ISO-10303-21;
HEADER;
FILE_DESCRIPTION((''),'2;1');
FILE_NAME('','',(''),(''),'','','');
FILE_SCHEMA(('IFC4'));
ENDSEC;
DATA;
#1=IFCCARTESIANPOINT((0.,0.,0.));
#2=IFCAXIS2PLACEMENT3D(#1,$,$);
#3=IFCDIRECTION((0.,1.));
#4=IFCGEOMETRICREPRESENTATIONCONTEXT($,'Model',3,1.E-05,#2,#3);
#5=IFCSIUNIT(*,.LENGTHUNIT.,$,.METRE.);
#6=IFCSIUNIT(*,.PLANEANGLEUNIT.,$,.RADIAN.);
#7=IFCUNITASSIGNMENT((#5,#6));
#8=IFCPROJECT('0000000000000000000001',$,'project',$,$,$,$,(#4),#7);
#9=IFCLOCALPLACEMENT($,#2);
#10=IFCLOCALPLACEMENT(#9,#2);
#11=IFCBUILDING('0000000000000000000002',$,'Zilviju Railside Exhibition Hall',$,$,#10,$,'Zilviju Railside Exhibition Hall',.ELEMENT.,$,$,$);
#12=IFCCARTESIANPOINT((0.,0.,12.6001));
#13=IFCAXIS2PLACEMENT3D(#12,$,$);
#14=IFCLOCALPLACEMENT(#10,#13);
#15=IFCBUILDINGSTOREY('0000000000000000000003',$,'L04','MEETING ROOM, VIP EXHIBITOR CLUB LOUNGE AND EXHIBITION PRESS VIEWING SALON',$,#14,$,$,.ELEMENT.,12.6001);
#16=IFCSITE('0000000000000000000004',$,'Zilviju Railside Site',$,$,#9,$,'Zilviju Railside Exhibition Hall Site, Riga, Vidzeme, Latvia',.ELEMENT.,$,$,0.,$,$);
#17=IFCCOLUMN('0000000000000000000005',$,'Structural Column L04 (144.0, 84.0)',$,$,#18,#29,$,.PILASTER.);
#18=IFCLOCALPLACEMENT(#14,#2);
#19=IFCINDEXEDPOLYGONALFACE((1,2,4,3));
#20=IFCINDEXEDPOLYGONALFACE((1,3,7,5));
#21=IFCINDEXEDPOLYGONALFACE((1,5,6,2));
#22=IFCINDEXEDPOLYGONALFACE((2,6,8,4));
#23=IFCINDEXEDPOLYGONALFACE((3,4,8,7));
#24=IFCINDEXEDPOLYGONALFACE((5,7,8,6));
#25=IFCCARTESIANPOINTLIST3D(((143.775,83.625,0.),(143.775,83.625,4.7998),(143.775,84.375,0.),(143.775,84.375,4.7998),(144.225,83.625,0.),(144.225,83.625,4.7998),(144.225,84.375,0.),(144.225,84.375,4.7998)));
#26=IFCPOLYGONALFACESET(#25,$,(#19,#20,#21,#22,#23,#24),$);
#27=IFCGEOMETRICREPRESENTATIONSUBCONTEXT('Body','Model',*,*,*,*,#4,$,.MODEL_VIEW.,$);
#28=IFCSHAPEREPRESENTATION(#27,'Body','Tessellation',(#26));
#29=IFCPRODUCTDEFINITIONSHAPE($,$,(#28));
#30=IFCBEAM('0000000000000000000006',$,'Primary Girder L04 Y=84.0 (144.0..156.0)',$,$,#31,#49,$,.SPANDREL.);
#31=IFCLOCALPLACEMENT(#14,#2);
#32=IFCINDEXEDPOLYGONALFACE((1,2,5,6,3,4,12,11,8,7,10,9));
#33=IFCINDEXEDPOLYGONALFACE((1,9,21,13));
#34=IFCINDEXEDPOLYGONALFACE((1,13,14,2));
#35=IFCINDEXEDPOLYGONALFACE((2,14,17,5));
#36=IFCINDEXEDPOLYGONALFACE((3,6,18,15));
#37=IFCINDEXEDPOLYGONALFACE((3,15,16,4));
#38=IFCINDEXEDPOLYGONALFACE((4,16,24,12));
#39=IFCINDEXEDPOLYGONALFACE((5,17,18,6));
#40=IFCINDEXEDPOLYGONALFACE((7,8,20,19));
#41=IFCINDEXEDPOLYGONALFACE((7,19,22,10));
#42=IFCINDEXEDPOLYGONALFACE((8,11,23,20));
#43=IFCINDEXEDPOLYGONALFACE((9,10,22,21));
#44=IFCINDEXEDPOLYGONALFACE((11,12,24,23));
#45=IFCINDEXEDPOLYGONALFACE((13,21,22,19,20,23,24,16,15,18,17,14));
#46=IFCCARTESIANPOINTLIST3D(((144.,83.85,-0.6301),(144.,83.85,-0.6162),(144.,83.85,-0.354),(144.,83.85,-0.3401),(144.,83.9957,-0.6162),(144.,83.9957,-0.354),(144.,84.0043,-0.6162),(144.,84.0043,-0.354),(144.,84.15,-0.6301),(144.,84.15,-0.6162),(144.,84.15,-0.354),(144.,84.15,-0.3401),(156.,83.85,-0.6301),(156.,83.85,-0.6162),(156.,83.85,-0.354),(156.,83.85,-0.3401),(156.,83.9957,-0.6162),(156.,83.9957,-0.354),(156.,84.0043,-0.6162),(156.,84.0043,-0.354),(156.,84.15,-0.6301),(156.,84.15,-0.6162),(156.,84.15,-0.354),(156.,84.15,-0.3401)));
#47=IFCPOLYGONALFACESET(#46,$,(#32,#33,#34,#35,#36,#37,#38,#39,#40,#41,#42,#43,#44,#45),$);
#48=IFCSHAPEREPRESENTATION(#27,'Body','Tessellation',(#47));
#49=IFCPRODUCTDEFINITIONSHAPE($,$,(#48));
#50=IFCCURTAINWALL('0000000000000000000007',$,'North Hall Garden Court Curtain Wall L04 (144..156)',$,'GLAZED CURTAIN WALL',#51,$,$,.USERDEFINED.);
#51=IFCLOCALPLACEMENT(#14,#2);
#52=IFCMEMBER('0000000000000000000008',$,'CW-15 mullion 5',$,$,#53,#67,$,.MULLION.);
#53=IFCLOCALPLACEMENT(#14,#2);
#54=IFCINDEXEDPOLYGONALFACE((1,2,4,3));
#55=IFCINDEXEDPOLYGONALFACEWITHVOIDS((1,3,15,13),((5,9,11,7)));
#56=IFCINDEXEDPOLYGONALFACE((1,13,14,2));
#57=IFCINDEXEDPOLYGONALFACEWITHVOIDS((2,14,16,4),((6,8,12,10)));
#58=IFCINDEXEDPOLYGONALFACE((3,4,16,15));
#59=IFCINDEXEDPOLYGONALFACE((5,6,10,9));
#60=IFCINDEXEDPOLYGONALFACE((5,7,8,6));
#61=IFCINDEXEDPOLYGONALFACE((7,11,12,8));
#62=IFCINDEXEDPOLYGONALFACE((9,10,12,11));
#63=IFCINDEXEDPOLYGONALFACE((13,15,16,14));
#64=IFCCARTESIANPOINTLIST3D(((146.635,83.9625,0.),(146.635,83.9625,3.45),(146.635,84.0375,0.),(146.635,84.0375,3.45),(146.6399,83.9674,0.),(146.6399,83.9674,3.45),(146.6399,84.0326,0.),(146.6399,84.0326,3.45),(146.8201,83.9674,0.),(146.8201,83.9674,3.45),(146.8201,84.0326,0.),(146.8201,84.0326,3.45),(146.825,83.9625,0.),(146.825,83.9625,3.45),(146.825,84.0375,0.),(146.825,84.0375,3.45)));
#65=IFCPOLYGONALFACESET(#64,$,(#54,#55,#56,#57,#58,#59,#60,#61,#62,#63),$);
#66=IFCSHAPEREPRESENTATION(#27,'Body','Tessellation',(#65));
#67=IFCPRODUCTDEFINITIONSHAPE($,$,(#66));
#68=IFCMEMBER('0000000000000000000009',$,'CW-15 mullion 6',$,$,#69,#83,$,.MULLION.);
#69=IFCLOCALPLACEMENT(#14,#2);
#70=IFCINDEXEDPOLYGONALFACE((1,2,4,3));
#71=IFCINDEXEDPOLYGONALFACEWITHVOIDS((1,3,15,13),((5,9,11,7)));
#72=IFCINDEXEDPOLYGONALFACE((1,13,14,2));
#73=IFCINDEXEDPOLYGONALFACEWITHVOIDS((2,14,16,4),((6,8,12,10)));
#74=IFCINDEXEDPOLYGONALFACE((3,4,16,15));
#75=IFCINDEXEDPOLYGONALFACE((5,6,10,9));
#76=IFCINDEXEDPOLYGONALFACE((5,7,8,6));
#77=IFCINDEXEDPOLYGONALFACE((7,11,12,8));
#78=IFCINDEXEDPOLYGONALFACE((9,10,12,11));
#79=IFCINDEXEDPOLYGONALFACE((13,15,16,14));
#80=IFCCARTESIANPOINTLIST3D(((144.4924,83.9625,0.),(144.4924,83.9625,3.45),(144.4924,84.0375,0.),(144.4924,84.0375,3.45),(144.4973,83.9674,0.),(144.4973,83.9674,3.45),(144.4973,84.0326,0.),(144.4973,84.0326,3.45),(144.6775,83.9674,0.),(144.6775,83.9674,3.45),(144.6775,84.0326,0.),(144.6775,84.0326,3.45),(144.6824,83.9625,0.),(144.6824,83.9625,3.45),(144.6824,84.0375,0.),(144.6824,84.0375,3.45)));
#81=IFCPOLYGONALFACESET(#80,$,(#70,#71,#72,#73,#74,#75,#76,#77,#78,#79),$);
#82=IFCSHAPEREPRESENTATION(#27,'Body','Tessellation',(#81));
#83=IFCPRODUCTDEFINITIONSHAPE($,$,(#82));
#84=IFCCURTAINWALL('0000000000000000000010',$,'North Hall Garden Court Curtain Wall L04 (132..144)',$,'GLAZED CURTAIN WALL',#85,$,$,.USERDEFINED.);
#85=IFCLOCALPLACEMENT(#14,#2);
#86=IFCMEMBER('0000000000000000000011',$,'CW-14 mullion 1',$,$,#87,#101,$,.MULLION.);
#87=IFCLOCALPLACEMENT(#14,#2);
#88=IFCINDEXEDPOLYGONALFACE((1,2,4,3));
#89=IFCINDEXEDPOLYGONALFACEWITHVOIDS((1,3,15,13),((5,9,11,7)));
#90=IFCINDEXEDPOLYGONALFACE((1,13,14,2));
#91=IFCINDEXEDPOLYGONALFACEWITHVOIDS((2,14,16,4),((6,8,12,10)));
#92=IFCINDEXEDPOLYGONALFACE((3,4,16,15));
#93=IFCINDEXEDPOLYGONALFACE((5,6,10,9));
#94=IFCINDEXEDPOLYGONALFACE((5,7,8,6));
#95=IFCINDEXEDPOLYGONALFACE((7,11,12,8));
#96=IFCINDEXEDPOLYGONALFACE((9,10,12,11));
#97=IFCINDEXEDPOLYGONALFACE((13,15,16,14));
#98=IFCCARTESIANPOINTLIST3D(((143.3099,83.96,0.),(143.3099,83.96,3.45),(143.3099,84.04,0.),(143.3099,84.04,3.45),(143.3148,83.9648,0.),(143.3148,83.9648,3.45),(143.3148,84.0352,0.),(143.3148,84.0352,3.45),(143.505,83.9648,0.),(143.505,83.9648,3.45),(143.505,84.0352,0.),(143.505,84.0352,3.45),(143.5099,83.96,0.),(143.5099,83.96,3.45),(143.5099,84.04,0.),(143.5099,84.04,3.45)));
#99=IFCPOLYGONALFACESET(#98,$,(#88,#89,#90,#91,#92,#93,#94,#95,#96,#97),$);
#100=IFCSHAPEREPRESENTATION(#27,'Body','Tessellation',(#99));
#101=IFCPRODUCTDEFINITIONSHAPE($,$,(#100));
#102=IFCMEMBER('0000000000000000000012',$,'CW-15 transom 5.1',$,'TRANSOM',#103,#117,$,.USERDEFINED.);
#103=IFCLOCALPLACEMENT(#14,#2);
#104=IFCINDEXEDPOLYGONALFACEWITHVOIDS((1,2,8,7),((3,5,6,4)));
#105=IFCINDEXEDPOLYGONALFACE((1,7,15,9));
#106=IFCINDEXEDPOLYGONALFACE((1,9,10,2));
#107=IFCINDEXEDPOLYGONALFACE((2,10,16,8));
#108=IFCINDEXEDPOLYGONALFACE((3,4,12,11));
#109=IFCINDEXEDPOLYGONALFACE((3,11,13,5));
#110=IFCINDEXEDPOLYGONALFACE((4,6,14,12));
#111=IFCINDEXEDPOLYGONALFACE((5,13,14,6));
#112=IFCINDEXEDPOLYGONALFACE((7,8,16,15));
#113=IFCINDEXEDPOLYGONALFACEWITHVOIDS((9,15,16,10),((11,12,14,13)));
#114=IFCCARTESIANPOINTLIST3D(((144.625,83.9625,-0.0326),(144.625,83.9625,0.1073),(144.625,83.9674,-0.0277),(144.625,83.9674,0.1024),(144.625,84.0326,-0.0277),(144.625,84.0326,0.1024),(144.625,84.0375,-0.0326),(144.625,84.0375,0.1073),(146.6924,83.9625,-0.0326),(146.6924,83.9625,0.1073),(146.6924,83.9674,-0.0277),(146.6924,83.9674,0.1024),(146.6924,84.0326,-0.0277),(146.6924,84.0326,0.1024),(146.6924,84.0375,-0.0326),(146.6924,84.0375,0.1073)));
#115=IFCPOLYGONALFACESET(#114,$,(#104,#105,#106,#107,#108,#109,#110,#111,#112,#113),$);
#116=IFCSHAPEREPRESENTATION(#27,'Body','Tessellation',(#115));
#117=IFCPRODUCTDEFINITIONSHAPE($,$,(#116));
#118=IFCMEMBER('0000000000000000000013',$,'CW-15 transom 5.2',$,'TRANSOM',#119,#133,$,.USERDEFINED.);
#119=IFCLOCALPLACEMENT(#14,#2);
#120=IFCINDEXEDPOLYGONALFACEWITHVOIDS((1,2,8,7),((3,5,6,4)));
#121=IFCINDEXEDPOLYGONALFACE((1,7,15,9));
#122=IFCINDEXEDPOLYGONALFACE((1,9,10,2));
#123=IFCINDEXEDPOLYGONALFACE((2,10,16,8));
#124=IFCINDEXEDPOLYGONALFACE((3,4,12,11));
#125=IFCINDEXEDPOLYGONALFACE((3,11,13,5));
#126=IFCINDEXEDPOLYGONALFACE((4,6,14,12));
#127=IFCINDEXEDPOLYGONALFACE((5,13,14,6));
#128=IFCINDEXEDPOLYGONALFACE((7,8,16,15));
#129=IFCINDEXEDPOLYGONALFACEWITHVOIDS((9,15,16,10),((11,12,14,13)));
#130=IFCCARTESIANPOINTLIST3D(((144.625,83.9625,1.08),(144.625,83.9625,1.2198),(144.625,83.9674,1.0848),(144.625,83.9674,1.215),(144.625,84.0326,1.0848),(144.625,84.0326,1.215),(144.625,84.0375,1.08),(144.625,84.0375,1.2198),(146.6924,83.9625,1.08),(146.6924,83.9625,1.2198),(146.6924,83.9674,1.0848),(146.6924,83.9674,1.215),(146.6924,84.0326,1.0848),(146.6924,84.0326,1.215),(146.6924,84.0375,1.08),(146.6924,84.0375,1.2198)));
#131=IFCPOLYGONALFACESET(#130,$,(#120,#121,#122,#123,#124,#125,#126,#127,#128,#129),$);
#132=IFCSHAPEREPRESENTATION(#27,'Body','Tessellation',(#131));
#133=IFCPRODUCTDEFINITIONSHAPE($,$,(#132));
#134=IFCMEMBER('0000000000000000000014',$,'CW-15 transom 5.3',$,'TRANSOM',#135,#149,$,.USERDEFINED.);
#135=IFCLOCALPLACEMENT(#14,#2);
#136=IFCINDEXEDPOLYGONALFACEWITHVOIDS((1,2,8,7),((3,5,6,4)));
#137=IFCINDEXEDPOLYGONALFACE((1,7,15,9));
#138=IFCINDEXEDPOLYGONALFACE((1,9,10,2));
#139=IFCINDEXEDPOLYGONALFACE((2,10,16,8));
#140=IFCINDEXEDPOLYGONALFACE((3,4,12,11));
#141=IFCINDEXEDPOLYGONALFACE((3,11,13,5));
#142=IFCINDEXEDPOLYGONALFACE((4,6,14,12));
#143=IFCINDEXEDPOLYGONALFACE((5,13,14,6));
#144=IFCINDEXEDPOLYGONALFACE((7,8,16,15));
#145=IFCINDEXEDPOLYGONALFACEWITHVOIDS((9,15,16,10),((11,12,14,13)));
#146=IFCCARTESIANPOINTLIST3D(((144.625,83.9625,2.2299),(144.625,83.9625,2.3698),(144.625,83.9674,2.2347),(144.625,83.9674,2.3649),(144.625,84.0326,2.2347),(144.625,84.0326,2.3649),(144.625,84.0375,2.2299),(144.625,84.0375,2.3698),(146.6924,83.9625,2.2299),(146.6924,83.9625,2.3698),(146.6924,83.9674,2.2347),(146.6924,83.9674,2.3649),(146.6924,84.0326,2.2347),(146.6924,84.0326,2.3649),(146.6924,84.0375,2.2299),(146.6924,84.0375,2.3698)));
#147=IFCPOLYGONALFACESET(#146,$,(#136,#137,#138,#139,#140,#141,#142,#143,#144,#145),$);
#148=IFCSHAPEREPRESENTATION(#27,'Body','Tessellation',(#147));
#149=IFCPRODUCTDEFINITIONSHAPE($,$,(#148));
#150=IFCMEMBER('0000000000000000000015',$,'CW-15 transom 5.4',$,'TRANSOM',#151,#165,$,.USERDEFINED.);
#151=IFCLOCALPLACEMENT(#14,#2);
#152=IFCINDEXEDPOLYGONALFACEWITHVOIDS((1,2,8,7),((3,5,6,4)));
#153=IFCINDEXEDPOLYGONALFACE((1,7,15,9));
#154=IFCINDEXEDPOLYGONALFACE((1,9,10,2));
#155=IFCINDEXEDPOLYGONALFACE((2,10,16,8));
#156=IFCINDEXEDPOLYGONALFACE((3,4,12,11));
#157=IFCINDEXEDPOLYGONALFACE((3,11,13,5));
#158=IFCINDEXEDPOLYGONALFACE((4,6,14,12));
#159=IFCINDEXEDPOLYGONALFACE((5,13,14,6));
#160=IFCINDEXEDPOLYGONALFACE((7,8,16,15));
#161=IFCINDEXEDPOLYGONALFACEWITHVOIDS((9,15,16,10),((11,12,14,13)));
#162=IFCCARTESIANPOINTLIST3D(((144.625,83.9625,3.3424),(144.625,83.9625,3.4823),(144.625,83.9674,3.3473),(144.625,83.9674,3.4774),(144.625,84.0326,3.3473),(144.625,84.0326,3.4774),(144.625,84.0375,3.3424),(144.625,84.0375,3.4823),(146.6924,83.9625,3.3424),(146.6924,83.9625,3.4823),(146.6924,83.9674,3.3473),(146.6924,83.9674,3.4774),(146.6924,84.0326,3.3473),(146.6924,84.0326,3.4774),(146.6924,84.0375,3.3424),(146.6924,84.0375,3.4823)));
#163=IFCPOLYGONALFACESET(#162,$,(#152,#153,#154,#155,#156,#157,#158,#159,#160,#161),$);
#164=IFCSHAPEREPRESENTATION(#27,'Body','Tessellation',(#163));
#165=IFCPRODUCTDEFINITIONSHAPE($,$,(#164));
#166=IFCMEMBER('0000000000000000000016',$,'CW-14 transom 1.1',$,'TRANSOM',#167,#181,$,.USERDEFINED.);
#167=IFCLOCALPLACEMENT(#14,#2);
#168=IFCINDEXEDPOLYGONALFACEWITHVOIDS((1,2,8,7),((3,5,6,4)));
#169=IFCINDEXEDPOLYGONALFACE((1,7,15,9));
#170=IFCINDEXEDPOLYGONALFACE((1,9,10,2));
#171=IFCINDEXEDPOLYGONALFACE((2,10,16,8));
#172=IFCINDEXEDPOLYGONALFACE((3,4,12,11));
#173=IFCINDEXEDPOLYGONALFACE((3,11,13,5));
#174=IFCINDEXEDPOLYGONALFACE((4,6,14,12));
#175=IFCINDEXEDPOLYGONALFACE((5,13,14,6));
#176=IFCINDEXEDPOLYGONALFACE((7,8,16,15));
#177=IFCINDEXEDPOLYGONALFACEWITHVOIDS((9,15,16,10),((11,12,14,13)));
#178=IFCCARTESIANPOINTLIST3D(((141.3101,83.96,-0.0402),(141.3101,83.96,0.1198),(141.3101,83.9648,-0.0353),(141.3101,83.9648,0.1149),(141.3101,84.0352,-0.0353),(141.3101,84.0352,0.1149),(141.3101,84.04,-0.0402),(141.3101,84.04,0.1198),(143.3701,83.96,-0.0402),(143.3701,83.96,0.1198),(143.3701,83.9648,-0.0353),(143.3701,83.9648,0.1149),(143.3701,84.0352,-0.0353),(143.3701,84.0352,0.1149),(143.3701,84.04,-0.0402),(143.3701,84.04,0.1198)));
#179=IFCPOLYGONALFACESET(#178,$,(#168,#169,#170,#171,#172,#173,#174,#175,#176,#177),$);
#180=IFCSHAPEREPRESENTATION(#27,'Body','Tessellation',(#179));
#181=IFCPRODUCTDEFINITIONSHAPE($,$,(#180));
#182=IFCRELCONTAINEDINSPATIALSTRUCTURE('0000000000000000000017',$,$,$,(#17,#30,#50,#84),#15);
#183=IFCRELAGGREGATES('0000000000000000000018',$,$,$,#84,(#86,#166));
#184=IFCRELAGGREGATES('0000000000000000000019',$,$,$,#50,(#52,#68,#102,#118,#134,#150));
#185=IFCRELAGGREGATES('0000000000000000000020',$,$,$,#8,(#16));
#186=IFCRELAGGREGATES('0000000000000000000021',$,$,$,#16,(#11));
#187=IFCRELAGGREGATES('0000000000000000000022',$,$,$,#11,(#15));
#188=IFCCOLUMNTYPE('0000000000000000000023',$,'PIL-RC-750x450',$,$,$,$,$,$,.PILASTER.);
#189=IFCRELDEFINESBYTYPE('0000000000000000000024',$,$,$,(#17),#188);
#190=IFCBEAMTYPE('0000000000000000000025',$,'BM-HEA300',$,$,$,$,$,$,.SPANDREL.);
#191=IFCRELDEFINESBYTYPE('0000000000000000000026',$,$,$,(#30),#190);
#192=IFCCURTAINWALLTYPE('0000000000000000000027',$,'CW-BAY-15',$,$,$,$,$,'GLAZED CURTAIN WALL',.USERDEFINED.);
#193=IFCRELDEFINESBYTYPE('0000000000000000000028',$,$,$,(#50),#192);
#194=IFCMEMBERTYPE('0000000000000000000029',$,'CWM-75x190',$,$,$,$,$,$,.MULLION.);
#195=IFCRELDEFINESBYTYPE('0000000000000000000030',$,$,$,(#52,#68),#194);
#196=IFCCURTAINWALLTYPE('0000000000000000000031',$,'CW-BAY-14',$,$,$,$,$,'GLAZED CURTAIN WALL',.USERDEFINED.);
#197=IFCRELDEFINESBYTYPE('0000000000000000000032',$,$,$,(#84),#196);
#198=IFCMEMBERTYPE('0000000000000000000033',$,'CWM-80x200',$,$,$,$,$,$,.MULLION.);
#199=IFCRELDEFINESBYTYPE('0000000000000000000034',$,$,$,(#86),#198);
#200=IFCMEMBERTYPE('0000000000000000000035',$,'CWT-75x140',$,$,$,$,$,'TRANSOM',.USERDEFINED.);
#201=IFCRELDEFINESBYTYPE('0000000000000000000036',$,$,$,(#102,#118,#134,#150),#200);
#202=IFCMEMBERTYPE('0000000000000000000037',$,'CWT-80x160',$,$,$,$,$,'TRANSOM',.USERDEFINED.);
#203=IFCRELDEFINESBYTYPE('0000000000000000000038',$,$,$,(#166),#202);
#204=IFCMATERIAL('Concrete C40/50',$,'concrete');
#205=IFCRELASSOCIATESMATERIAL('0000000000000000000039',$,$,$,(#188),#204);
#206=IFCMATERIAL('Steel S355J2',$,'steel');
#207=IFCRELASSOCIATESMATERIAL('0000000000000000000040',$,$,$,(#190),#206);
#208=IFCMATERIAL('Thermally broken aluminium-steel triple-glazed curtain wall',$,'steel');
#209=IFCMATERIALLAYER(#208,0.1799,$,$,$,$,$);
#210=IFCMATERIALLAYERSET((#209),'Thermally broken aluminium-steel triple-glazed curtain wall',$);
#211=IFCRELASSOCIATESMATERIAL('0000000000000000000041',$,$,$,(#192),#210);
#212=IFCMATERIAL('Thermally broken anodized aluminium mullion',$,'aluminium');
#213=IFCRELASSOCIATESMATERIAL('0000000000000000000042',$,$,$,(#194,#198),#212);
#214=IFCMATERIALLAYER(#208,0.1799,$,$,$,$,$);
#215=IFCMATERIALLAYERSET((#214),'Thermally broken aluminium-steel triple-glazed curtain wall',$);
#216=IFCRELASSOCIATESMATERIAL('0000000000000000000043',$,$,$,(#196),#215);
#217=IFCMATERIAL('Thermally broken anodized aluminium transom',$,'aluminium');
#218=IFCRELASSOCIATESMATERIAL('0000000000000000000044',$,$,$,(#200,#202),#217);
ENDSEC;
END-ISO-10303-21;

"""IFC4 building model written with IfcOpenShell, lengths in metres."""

from ifc_helpers import new_model, si_unit, direction, frame, origin, origin_2d, place, context, subcontext, project, spatial, rectangle, hollow_rectangle, i_section, extrude, material, layer, layer_set, material_profile, profile_set, type_object, element, aggregate, save


model = new_model("IFC4")

# Units and contexts
model_context = context("Model", 3, precision=1e-05, world=origin(), true_north=direction((0.0, 1.0)))
body_context = subcontext(model_context, "Body", "Model", "MODEL_VIEW")
ifc_project = project(units=[si_unit("LENGTHUNIT", "METRE"), si_unit("PLANEANGLEUNIT", "RADIAN")], contexts=[model_context])

# Site, building, storey
site_placement = place(None, origin())
site = spatial("IfcSite", under=ifc_project, at=site_placement, Name="Zilviju Railside Site", LongName="Zilviju Railside Exhibition Hall Site, Riga, Vidzeme, Latvia", CompositionType="ELEMENT", RefElevation=0.0)
building_placement = place(site_placement, origin())
building = spatial("IfcBuilding", under=site, at=building_placement, Name="Zilviju Railside Exhibition Hall", LongName="Zilviju Railside Exhibition Hall", CompositionType="ELEMENT")
storey_placement = place(building_placement, frame((0.0, 0.0, 12.6001)))
storey = spatial("IfcBuildingStorey", under=building, at=storey_placement, Name="L04", Description="MEETING ROOM, VIP EXHIBITOR CLUB LOUNGE AND EXHIBITION PRESS VIEWING SALON", CompositionType="ELEMENT", Elevation=12.6001)

# Column
ifc_material_1 = material(Name="Concrete C40/50", Category="concrete")
ifc_material_profile_1 = material_profile(ifc_material_1, rectangle(XDim=0.45, YDim=0.75, at=origin_2d()), Name="RC COL 450x750")
ifc_profile_set_1 = profile_set([ifc_material_profile_1], Name="Concrete C40/50")
column_type = type_object("IfcColumnType", Name="PIL-RC-750x450", PredefinedType="PILASTER", material=ifc_profile_set_1)
column_placement = place(storey_placement, frame((144.0, 84.0, 0.0), z_axis=(0.0, 0.0, 1.0), x_axis=(1.0, 0.0, 0.0)))
element("IfcColumn", 1, at=column_placement, inside=storey, type_object=column_type, Name="Structural Column L04 (144.0, 84.0)", PredefinedType="PILASTER", context=body_context, shape_type="SweptSolid", body=[
    extrude(rectangle(XDim=0.45, YDim=0.75, at=origin_2d()), origin(), (0.0, 0.0, 1.0), 4.7998),
])

# Beam
ifc_material_2 = material(Name="Steel S355J2", Category="steel")
ifc_material_profile_2 = material_profile(ifc_material_2, i_section(OverallWidth=0.3, OverallDepth=0.29, WebThickness=0.0085, FlangeThickness=0.0139, at=origin_2d()), Name="HEA 300")
ifc_profile_set_2 = profile_set([ifc_material_profile_2], Name="Steel S355J2")
beam_type = type_object("IfcBeamType", Name="BM-HEA300", PredefinedType="SPANDREL", material=ifc_profile_set_2)
beam_placement = place(storey_placement, frame((144.0, 84.0, -0.4851), z_axis=(1.0, 0.0, 0.0), x_axis=(0.0, 1.0, 0.0)))
element("IfcBeam", 2, at=beam_placement, inside=storey, type_object=beam_type, Name="Primary Girder L04 Y=84.0 (144.0..156.0)", PredefinedType="SPANDREL", context=body_context, shape_type="SweptSolid", body=[
    extrude(i_section(OverallWidth=0.3, OverallDepth=0.29, WebThickness=0.0085, FlangeThickness=0.0139, at=origin_2d()), origin(), (0.0, 0.0, 1.0), 12.0),
])

# Curtain wall, members
ifc_material_3 = material(Name="Thermally broken aluminium-steel triple-glazed curtain wall", Category="steel")
ifc_layer_1 = layer(ifc_material_3, 0.1799)
ifc_layer_set_1 = layer_set([ifc_layer_1], Name="Thermally broken aluminium-steel triple-glazed curtain wall")
curtain_wall_type_1 = type_object("IfcCurtainWallType", Name="CW-BAY-15", ElementType="GLAZED CURTAIN WALL", PredefinedType="USERDEFINED", material=ifc_layer_set_1)
curtain_wall_1_placement = place(storey_placement, origin())
curtain_wall_1 = element("IfcCurtainWall", 3, at=curtain_wall_1_placement, inside=storey, type_object=curtain_wall_type_1, Name="North Hall Garden Court Curtain Wall L04 (144..156)", ObjectType="GLAZED CURTAIN WALL", PredefinedType="USERDEFINED")
ifc_material_4 = material(Name="Thermally broken anodized aluminium mullion", Category="aluminium")
ifc_material_profile_3 = material_profile(ifc_material_4, hollow_rectangle(XDim=0.075, YDim=0.1899, WallThickness=0.0049, at=origin_2d()), Name="MULLION 190x75x5")
ifc_profile_set_3 = profile_set([ifc_material_profile_3], Name="Thermally broken anodized aluminium mullion")
member_type_1 = type_object("IfcMemberType", Name="CWM-75x190", PredefinedType="MULLION", material=ifc_profile_set_3)
member_1_placement = place(storey_placement, frame((146.73, 84.0, 0.0), z_axis=(0.0, 0.0, 1.0), x_axis=(0.0, -1.0, 0.0)))
member_1 = element("IfcMember", 4, at=member_1_placement, type_object=member_type_1, Name="CW-15 mullion 5", PredefinedType="MULLION", context=body_context, shape_type="SweptSolid", body=[
    extrude(hollow_rectangle(XDim=0.075, YDim=0.1899, WallThickness=0.0049, at=origin_2d()), origin(), (0.0, 0.0, 1.0), 3.45),
])
member_2_placement = place(storey_placement, frame((144.5874, 84.0, 0.0), z_axis=(0.0, 0.0, 1.0), x_axis=(0.0, -1.0, 0.0)))
member_2 = element("IfcMember", 5, at=member_2_placement, type_object=member_type_1, Name="CW-15 mullion 6", PredefinedType="MULLION", context=body_context, shape_type="SweptSolid", body=[
    extrude(hollow_rectangle(XDim=0.075, YDim=0.1899, WallThickness=0.0049, at=origin_2d()), origin(), (0.0, 0.0, 1.0), 3.45),
])

# Curtain wall, member
ifc_layer_2 = layer(ifc_material_3, 0.1799)
ifc_layer_set_2 = layer_set([ifc_layer_2], Name="Thermally broken aluminium-steel triple-glazed curtain wall")
curtain_wall_type_2 = type_object("IfcCurtainWallType", Name="CW-BAY-14", ElementType="GLAZED CURTAIN WALL", PredefinedType="USERDEFINED", material=ifc_layer_set_2)
curtain_wall_2_placement = place(storey_placement, origin())
curtain_wall_2 = element("IfcCurtainWall", 6, at=curtain_wall_2_placement, inside=storey, type_object=curtain_wall_type_2, Name="North Hall Garden Court Curtain Wall L04 (132..144)", ObjectType="GLAZED CURTAIN WALL", PredefinedType="USERDEFINED")
ifc_material_profile_4 = material_profile(ifc_material_4, hollow_rectangle(XDim=0.0801, YDim=0.2, WallThickness=0.0049, at=origin_2d()), Name="MULLION 200x80x5")
ifc_profile_set_4 = profile_set([ifc_material_profile_4], Name="Thermally broken anodized aluminium mullion")
member_type_2 = type_object("IfcMemberType", Name="CWM-80x200", PredefinedType="MULLION", material=ifc_profile_set_4)
member_3_placement = place(storey_placement, frame((143.4099, 84.0, 0.0), z_axis=(0.0, 0.0, 1.0), x_axis=(0.0, -1.0, 0.0)))
member_3 = element("IfcMember", 7, at=member_3_placement, type_object=member_type_2, Name="CW-14 mullion 1", PredefinedType="MULLION", context=body_context, shape_type="SweptSolid", body=[
    extrude(hollow_rectangle(XDim=0.0801, YDim=0.2, WallThickness=0.0049, at=origin_2d()), origin(), (0.0, 0.0, 1.0), 3.45),
])

# Members
ifc_material_5 = material(Name="Thermally broken anodized aluminium transom", Category="aluminium")
ifc_material_profile_5 = material_profile(ifc_material_5, hollow_rectangle(XDim=0.075, YDim=0.1399, WallThickness=0.0049, at=origin_2d()), Name="TRANSOM 140x75x5")
ifc_profile_set_5 = profile_set([ifc_material_profile_5], Name="Thermally broken anodized aluminium transom")
member_type_3 = type_object("IfcMemberType", Name="CWT-75x140", ElementType="TRANSOM", PredefinedType="USERDEFINED", material=ifc_profile_set_5)
member_4_placement = place(storey_placement, frame((146.6924, 84.0, 0.0374), z_axis=(-1.0, 0.0, 0.0), x_axis=(0.0, -1.0, 0.0)))
member_4 = element("IfcMember", 8, at=member_4_placement, type_object=member_type_3, Name="CW-15 transom 5.1", ObjectType="TRANSOM", PredefinedType="USERDEFINED", context=body_context, shape_type="SweptSolid", body=[
    extrude(hollow_rectangle(XDim=0.075, YDim=0.1399, WallThickness=0.0049, at=origin_2d()), origin(), (0.0, 0.0, 1.0), 2.0674),
])
member_5_placement = place(storey_placement, frame((146.6924, 84.0, 1.1499), z_axis=(-1.0, 0.0, 0.0), x_axis=(0.0, -1.0, 0.0)))
member_5 = element("IfcMember", 9, at=member_5_placement, type_object=member_type_3, Name="CW-15 transom 5.2", ObjectType="TRANSOM", PredefinedType="USERDEFINED", context=body_context, shape_type="SweptSolid", body=[
    extrude(hollow_rectangle(XDim=0.075, YDim=0.1399, WallThickness=0.0049, at=origin_2d()), origin(), (0.0, 0.0, 1.0), 2.0674),
])
member_6_placement = place(storey_placement, frame((146.6924, 84.0, 2.2998), z_axis=(-1.0, 0.0, 0.0), x_axis=(0.0, -1.0, 0.0)))
member_6 = element("IfcMember", 10, at=member_6_placement, type_object=member_type_3, Name="CW-15 transom 5.3", ObjectType="TRANSOM", PredefinedType="USERDEFINED", context=body_context, shape_type="SweptSolid", body=[
    extrude(hollow_rectangle(XDim=0.075, YDim=0.1399, WallThickness=0.0049, at=origin_2d()), origin(), (0.0, 0.0, 1.0), 2.0674),
])
member_7_placement = place(storey_placement, frame((146.6924, 84.0, 3.4124), z_axis=(-1.0, 0.0, 0.0), x_axis=(0.0, -1.0, 0.0)))
member_7 = element("IfcMember", 11, at=member_7_placement, type_object=member_type_3, Name="CW-15 transom 5.4", ObjectType="TRANSOM", PredefinedType="USERDEFINED", context=body_context, shape_type="SweptSolid", body=[
    extrude(hollow_rectangle(XDim=0.075, YDim=0.1399, WallThickness=0.0049, at=origin_2d()), origin(), (0.0, 0.0, 1.0), 2.0674),
])
ifc_material_profile_6 = material_profile(ifc_material_5, hollow_rectangle(XDim=0.0801, YDim=0.1599, WallThickness=0.0049, at=origin_2d()), Name="TRANSOM 160x80x5")
ifc_profile_set_6 = profile_set([ifc_material_profile_6], Name="Thermally broken anodized aluminium transom")
member_type_4 = type_object("IfcMemberType", Name="CWT-80x160", ElementType="TRANSOM", PredefinedType="USERDEFINED", material=ifc_profile_set_6)
member_8_placement = place(storey_placement, frame((143.3701, 84.0, 0.0398), z_axis=(-1.0, 0.0, 0.0), x_axis=(0.0, -1.0, 0.0)))
member_8 = element("IfcMember", 12, at=member_8_placement, type_object=member_type_4, Name="CW-14 transom 1.1", ObjectType="TRANSOM", PredefinedType="USERDEFINED", context=body_context, shape_type="SweptSolid", body=[
    extrude(hollow_rectangle(XDim=0.0801, YDim=0.1599, WallThickness=0.0049, at=origin_2d()), origin(), (0.0, 0.0, 1.0), 2.0601),
])

aggregate(curtain_wall_2, [member_3, member_8])
aggregate(curtain_wall_1, [member_1, member_2, member_4, member_5, member_6, member_7])

save(model, "model.ifc")
